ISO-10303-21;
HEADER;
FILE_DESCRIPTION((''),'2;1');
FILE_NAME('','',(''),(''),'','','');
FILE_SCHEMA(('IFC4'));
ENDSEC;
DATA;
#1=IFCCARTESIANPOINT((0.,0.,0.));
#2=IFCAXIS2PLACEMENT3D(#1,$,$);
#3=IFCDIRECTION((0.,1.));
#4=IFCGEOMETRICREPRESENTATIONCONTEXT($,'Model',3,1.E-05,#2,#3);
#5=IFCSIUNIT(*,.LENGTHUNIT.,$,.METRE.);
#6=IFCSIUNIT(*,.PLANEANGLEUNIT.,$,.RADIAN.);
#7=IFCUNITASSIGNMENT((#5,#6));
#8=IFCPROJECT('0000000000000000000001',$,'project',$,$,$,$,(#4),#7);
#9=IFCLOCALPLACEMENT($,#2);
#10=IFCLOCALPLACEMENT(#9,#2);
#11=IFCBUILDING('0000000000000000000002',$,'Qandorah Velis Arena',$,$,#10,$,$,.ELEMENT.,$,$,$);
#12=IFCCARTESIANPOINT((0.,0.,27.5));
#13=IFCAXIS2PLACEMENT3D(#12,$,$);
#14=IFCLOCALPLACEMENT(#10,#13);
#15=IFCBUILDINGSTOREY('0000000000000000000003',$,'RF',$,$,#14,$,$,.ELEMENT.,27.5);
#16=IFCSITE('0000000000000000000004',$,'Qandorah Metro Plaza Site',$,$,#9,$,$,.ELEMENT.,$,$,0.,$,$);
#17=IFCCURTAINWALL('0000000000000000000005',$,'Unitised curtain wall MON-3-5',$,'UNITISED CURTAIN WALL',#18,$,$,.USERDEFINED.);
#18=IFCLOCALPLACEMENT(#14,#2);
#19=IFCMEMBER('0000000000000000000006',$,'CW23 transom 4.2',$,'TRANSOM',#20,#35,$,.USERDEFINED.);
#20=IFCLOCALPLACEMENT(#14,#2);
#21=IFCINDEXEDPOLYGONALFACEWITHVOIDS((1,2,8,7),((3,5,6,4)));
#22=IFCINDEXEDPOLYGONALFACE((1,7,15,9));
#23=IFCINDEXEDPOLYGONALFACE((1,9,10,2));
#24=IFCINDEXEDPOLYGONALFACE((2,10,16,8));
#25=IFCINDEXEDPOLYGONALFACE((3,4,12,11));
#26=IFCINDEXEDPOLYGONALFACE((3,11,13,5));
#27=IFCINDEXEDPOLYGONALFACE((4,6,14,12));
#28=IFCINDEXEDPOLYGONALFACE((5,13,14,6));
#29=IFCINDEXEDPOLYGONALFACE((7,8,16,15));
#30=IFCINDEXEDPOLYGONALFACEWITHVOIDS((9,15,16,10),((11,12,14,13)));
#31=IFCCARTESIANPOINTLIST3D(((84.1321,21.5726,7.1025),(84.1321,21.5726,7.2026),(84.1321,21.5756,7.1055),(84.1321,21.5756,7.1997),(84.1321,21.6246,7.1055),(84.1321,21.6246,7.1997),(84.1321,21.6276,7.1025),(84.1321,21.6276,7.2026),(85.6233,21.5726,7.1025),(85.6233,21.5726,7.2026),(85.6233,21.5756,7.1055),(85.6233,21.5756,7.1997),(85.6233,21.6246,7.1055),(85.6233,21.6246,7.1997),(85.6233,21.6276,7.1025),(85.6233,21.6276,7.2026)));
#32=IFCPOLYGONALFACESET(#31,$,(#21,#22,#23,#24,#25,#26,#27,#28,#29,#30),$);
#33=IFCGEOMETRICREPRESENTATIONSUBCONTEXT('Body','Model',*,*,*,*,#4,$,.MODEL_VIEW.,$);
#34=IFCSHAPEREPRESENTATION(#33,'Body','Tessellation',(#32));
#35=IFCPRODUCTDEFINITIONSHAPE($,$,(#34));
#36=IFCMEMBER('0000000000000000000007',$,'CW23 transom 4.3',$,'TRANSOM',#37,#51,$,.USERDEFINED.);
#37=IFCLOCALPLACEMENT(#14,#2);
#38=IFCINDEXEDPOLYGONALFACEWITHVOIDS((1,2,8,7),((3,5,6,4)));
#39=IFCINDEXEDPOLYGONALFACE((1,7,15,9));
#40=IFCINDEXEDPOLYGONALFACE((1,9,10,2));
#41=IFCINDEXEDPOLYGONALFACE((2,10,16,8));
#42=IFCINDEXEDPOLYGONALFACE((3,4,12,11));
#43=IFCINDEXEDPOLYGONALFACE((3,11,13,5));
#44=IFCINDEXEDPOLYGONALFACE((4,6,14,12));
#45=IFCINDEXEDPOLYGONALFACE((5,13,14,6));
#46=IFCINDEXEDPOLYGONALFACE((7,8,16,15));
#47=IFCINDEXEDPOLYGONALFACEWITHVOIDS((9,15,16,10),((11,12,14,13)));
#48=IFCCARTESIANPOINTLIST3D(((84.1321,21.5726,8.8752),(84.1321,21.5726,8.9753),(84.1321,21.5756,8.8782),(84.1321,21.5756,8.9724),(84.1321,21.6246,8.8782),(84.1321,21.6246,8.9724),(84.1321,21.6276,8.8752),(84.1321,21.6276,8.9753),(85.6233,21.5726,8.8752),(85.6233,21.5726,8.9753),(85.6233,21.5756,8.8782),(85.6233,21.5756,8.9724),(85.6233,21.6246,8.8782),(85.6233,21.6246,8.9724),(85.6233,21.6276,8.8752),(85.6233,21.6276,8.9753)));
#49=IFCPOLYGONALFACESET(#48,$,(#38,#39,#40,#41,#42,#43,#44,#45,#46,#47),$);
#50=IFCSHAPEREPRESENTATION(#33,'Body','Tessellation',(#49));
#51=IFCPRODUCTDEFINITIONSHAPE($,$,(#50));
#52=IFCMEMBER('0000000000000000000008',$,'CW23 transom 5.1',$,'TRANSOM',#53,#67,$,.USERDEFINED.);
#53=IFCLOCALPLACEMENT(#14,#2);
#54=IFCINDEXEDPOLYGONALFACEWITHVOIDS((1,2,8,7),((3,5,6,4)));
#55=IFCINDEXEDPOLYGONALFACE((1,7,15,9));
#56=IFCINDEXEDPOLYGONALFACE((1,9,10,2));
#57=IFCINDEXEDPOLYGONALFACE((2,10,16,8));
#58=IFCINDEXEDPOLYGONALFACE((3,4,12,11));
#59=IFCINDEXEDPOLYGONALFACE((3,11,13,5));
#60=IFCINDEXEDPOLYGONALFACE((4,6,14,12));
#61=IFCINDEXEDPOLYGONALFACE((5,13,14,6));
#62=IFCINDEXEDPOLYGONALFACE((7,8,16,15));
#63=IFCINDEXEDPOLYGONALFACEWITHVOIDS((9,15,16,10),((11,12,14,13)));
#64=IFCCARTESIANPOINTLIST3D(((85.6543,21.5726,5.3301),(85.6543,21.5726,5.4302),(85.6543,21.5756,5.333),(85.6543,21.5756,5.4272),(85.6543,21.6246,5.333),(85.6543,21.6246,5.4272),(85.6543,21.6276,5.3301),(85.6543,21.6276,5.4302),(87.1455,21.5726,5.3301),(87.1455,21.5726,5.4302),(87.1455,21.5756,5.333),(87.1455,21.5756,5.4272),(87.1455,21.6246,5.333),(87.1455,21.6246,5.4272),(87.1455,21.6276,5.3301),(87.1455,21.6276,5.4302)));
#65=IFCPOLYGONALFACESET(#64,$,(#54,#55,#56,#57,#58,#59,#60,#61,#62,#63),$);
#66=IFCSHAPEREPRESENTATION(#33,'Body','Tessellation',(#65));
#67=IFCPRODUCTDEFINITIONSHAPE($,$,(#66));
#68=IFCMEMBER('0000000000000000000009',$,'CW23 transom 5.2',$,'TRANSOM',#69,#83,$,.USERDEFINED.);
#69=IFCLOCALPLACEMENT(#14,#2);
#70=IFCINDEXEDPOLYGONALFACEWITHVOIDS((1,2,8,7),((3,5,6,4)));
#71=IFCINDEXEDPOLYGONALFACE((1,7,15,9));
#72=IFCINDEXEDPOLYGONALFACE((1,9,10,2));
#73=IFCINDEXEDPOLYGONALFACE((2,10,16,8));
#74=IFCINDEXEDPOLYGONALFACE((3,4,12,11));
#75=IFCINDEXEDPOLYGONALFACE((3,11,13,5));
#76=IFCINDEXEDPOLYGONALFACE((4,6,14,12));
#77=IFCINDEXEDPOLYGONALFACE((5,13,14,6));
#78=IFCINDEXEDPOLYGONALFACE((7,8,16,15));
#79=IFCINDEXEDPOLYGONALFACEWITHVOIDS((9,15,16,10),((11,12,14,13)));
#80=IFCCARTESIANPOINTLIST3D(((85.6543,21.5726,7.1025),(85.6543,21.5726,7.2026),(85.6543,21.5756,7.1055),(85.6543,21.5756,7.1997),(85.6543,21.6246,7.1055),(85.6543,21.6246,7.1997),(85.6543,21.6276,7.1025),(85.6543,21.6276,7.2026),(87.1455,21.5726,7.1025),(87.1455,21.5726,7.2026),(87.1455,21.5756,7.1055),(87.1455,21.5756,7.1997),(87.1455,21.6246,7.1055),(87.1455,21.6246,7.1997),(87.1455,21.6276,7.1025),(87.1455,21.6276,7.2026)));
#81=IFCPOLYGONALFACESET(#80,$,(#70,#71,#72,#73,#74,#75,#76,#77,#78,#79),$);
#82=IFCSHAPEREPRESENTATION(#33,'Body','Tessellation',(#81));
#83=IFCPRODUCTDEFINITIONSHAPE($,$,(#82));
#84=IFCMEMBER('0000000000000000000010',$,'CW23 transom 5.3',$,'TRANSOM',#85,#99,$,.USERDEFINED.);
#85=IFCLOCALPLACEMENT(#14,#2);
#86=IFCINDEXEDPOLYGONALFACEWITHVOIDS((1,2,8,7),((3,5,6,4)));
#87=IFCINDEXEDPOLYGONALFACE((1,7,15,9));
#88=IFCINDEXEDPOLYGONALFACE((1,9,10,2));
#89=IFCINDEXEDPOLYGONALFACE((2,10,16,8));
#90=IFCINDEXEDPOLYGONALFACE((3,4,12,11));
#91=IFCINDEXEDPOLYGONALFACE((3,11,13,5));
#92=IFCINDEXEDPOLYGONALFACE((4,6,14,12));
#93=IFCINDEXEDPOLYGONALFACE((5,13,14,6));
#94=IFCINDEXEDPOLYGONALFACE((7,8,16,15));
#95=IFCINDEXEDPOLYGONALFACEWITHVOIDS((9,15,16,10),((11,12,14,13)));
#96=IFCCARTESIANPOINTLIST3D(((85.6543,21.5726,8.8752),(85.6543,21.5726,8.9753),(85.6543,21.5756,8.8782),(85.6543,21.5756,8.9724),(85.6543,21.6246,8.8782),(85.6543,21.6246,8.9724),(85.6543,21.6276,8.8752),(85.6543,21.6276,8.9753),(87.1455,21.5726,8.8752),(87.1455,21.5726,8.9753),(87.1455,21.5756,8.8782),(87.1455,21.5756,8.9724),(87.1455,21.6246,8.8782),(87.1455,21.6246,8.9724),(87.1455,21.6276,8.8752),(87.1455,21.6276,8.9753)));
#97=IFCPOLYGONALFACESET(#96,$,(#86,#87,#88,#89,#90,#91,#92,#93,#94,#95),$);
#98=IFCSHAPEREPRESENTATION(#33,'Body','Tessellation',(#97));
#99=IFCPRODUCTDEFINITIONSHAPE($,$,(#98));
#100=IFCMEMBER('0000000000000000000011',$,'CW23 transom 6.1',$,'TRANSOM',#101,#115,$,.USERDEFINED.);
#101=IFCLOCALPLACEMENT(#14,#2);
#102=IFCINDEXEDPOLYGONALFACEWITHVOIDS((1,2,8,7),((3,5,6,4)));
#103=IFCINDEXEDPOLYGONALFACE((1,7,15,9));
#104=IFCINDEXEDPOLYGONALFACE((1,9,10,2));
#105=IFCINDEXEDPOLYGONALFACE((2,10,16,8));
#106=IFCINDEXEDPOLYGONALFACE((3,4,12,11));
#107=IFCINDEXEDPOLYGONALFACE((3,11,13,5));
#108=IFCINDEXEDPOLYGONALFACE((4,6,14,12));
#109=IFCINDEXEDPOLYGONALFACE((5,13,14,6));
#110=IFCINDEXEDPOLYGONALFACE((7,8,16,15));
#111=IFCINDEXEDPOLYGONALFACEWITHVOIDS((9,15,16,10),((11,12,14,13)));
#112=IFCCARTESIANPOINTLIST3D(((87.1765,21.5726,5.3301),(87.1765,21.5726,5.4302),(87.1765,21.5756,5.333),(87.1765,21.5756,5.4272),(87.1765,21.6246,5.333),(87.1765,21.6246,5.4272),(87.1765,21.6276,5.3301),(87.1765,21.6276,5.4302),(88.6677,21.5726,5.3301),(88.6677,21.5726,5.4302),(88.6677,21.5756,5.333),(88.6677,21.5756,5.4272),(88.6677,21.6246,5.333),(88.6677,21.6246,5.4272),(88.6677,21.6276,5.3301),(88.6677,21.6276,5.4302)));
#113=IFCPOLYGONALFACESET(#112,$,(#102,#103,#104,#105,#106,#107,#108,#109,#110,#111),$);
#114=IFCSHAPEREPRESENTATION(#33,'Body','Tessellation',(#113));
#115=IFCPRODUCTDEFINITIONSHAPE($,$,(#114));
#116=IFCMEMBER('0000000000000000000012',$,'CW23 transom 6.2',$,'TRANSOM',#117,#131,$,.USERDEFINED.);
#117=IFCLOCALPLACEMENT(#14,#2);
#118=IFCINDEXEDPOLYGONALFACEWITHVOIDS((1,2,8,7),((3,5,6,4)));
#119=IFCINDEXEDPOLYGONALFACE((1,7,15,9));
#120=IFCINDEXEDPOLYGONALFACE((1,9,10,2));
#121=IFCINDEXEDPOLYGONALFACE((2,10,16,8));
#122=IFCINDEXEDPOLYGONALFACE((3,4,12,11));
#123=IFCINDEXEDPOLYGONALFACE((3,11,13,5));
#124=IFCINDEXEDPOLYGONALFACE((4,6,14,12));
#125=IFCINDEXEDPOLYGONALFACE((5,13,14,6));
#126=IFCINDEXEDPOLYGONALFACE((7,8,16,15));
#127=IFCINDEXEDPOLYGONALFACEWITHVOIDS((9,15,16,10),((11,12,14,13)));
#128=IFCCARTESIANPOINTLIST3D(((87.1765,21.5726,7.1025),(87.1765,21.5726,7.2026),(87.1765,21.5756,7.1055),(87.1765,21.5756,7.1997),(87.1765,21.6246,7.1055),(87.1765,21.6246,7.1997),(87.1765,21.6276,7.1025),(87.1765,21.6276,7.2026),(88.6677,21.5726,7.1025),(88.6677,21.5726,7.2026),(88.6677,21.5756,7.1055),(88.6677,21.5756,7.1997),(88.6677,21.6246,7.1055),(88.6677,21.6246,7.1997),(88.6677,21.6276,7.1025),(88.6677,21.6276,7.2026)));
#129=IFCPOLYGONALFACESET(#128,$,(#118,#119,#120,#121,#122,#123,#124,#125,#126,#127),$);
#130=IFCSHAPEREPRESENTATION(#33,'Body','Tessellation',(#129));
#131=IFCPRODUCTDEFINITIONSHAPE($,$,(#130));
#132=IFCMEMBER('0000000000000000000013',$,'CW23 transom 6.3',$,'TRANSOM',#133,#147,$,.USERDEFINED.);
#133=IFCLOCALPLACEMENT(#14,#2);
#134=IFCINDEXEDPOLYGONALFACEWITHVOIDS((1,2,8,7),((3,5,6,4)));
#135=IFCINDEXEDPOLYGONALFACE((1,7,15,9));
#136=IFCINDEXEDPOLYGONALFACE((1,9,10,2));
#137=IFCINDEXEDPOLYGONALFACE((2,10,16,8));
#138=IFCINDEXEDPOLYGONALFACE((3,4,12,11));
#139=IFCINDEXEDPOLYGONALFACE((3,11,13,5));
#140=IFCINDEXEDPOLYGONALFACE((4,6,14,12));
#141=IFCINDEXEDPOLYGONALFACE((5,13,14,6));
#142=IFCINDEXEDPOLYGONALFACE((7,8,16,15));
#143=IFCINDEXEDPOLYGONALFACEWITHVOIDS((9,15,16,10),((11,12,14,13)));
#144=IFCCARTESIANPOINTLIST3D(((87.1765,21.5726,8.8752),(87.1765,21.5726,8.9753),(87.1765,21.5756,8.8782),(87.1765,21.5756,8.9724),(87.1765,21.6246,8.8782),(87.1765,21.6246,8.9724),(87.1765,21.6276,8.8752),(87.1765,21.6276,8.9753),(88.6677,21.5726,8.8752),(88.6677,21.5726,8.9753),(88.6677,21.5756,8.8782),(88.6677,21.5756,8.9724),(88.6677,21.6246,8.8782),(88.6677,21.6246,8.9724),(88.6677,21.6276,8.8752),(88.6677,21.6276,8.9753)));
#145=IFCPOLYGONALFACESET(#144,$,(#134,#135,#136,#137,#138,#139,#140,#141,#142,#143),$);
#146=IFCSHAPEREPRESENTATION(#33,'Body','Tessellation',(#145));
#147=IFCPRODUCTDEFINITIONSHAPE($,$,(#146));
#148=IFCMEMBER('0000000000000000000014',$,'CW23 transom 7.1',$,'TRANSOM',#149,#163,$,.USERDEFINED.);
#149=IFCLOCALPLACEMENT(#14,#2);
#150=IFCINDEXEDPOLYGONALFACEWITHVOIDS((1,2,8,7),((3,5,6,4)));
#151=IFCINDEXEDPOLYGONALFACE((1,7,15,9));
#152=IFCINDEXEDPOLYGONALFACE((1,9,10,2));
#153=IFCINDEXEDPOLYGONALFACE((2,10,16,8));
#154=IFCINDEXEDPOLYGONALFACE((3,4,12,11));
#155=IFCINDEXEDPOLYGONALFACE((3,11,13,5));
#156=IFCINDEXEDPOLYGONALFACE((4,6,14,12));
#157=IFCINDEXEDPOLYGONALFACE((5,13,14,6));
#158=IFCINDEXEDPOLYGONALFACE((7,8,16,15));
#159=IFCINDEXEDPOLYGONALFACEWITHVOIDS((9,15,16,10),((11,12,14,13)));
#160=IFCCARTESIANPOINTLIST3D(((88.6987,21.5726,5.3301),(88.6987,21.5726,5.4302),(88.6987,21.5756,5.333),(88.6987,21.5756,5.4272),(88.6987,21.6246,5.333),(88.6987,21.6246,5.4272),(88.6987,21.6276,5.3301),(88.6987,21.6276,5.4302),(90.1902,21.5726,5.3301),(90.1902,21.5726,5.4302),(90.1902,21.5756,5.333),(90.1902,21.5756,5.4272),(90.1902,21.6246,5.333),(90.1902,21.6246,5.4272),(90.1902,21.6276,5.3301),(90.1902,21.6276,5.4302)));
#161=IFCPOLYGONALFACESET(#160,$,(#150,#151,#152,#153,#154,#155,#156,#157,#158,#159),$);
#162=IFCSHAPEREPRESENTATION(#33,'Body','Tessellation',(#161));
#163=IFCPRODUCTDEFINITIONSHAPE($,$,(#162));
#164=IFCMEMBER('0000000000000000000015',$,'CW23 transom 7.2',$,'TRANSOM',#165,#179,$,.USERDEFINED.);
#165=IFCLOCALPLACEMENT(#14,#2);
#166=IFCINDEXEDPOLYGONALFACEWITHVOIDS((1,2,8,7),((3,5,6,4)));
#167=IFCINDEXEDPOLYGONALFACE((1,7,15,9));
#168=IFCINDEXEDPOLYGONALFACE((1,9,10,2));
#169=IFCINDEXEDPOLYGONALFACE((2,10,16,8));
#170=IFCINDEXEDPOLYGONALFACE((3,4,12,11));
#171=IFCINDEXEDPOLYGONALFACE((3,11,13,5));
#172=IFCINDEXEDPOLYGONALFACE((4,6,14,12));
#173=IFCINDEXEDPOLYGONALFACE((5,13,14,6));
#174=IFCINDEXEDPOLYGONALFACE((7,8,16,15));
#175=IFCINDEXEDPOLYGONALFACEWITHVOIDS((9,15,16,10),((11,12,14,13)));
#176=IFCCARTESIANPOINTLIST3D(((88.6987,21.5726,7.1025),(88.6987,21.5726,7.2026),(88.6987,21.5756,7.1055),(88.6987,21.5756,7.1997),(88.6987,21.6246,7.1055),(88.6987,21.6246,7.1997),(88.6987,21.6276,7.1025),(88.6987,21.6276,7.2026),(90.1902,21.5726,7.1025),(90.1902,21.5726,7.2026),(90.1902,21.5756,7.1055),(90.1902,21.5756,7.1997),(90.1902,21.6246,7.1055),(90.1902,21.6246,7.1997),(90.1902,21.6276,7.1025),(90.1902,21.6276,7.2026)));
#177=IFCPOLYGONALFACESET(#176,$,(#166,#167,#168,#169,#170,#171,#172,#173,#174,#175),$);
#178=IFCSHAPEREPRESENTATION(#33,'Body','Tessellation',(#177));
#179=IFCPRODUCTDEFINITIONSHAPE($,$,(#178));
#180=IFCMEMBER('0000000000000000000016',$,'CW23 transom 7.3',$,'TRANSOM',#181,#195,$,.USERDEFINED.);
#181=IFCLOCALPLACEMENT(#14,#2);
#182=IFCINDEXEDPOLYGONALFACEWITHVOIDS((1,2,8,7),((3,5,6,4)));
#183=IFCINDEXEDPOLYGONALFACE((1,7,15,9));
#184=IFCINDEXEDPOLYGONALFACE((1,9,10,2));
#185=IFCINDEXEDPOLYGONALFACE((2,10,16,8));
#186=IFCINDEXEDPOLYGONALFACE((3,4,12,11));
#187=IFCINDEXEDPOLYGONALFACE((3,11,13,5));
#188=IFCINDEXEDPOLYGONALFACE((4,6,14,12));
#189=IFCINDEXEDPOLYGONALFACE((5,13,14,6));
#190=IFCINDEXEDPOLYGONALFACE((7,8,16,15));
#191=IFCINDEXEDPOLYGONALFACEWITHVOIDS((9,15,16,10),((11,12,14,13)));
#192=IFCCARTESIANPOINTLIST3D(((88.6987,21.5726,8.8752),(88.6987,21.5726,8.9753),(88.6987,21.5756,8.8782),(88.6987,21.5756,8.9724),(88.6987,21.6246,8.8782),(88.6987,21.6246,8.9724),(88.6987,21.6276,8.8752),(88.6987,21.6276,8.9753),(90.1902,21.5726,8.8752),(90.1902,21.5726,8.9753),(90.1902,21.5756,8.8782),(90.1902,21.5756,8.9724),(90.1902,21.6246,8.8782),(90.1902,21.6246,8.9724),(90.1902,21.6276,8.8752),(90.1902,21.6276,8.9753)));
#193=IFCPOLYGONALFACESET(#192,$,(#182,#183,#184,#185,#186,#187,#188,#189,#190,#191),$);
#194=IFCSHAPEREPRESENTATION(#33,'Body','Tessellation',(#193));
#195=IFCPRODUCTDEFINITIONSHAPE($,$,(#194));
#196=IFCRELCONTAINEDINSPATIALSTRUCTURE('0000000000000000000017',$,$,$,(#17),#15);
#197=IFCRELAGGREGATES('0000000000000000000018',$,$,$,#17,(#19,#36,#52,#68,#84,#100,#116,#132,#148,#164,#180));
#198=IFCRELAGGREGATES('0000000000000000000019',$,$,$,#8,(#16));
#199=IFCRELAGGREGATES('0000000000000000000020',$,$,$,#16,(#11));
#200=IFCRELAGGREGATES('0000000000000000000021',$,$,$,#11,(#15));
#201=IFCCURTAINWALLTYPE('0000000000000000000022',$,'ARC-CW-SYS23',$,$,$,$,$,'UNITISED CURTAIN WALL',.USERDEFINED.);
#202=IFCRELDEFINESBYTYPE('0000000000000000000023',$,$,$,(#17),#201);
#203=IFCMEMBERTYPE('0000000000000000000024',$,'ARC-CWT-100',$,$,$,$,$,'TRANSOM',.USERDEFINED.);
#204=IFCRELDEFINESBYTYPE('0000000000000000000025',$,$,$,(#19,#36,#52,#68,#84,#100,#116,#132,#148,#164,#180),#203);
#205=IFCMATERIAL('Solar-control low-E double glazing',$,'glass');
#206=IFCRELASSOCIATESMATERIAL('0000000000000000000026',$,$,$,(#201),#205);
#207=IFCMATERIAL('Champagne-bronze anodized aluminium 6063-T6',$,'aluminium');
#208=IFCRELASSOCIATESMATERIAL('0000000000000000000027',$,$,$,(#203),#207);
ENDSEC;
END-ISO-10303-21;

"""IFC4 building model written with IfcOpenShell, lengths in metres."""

from ifc_helpers import new_model, si_unit, direction, frame, origin, origin_2d, place, context, subcontext, project, spatial, hollow_rectangle, extrude, material, material_profile, profile_set, type_object, element, aggregate, save


model = new_model("IFC4")

# Units and contexts
model_context = context("Model", 3, precision=1e-05, world=origin(), true_north=direction((0.0, 1.0)))
body_context = subcontext(model_context, "Body", "Model", "MODEL_VIEW")
ifc_project = project(units=[si_unit("LENGTHUNIT", "METRE"), si_unit("PLANEANGLEUNIT", "RADIAN")], contexts=[model_context])

# Site, building, storey
site_placement = place(None, origin())
site = spatial("IfcSite", under=ifc_project, at=site_placement, Name="Qandorah Metro Plaza Site", CompositionType="ELEMENT", RefElevation=0.0)
building_placement = place(site_placement, origin())
building = spatial("IfcBuilding", under=site, at=building_placement, Name="Qandorah Velis Arena", CompositionType="ELEMENT")
storey_placement = place(building_placement, frame((0.0, 0.0, 27.5)))
storey = spatial("IfcBuildingStorey", under=building, at=storey_placement, Name="RF", CompositionType="ELEMENT", Elevation=27.5)

# Curtain wall
ifc_material_1 = material(Name="Solar-control low-E double glazing", Category="glass")
curtain_wall_type_1 = type_object("IfcCurtainWallType", Name="ARC-CW-SYS23", ElementType="UNITISED CURTAIN WALL", PredefinedType="USERDEFINED", material=ifc_material_1)
curtain_wall_1_placement = place(storey_placement, origin())
curtain_wall_1 = element("IfcCurtainWall", 1, at=curtain_wall_1_placement, inside=storey, type_object=curtain_wall_type_1, Name="Unitised curtain wall MON-3-5", ObjectType="UNITISED CURTAIN WALL", PredefinedType="USERDEFINED")
ifc_material_2 = material(Name="Champagne-bronze anodized aluminium 6063-T6", Category="aluminium")

# Members
ifc_material_profile_1 = material_profile(ifc_material_2, hollow_rectangle(XDim=0.0549, YDim=0.1001, WallThickness=0.0029, at=origin_2d()), Name="ALU TRANSOM 55x100")
ifc_profile_set_1 = profile_set([ifc_material_profile_1], Name="Champagne-bronze anodized aluminium 6063-T6")
member_type_1 = type_object("IfcMemberType", Name="ARC-CWT-100", ElementType="TRANSOM", PredefinedType="USERDEFINED", material=ifc_profile_set_1)
member_1_placement = place(storey_placement, frame((84.1321, 21.6001, 7.1526), z_axis=(1.0, 0.0, 0.0), x_axis=(0.0, 1.0, 0.0)))
member_1 = element("IfcMember", 2, at=member_1_placement, type_object=member_type_1, Name="CW23 transom 4.2", ObjectType="TRANSOM", PredefinedType="USERDEFINED", context=body_context, shape_type="SweptSolid", body=[
    extrude(hollow_rectangle(XDim=0.0549, YDim=0.1001, WallThickness=0.0029, at=origin_2d()), origin(), (0.0, 0.0, 1.0), 1.4912),
])
member_2_placement = place(storey_placement, frame((84.1321, 21.6001, 8.9253), z_axis=(1.0, 0.0, 0.0), x_axis=(0.0, 1.0, 0.0)))
member_2 = element("IfcMember", 3, at=member_2_placement, type_object=member_type_1, Name="CW23 transom 4.3", ObjectType="TRANSOM", PredefinedType="USERDEFINED", context=body_context, shape_type="SweptSolid", body=[
    extrude(hollow_rectangle(XDim=0.0549, YDim=0.1001, WallThickness=0.0029, at=origin_2d()), origin(), (0.0, 0.0, 1.0), 1.4912),
])
member_3_placement = place(storey_placement, frame((85.6543, 21.6001, 5.3801), z_axis=(1.0, 0.0, 0.0), x_axis=(0.0, 1.0, 0.0)))
member_3 = element("IfcMember", 4, at=member_3_placement, type_object=member_type_1, Name="CW23 transom 5.1", ObjectType="TRANSOM", PredefinedType="USERDEFINED", context=body_context, shape_type="SweptSolid", body=[
    extrude(hollow_rectangle(XDim=0.0549, YDim=0.1001, WallThickness=0.0029, at=origin_2d()), origin(), (0.0, 0.0, 1.0), 1.4912),
])
member_4_placement = place(storey_placement, frame((85.6543, 21.6001, 7.1526), z_axis=(1.0, 0.0, 0.0), x_axis=(0.0, 1.0, 0.0)))
member_4 = element("IfcMember", 5, at=member_4_placement, type_object=member_type_1, Name="CW23 transom 5.2", ObjectType="TRANSOM", PredefinedType="USERDEFINED", context=body_context, shape_type="SweptSolid", body=[
    extrude(hollow_rectangle(XDim=0.0549, YDim=0.1001, WallThickness=0.0029, at=origin_2d()), origin(), (0.0, 0.0, 1.0), 1.4912),
])
member_5_placement = place(storey_placement, frame((85.6543, 21.6001, 8.9253), z_axis=(1.0, 0.0, 0.0), x_axis=(0.0, 1.0, 0.0)))
member_5 = element("IfcMember", 6, at=member_5_placement, type_object=member_type_1, Name="CW23 transom 5.3", ObjectType="TRANSOM", PredefinedType="USERDEFINED", context=body_context, shape_type="SweptSolid", body=[
    extrude(hollow_rectangle(XDim=0.0549, YDim=0.1001, WallThickness=0.0029, at=origin_2d()), origin(), (0.0, 0.0, 1.0), 1.4912),
])
member_6_placement = place(storey_placement, frame((87.1765, 21.6001, 5.3801), z_axis=(1.0, 0.0, 0.0), x_axis=(0.0, 1.0, 0.0)))
member_6 = element("IfcMember", 7, at=member_6_placement, type_object=member_type_1, Name="CW23 transom 6.1", ObjectType="TRANSOM", PredefinedType="USERDEFINED", context=body_context, shape_type="SweptSolid", body=[
    extrude(hollow_rectangle(XDim=0.0549, YDim=0.1001, WallThickness=0.0029, at=origin_2d()), origin(), (0.0, 0.0, 1.0), 1.4912),
])
member_7_placement = place(storey_placement, frame((87.1765, 21.6001, 7.1526), z_axis=(1.0, 0.0, 0.0), x_axis=(0.0, 1.0, 0.0)))
member_7 = element("IfcMember", 8, at=member_7_placement, type_object=member_type_1, Name="CW23 transom 6.2", ObjectType="TRANSOM", PredefinedType="USERDEFINED", context=body_context, shape_type="SweptSolid", body=[
    extrude(hollow_rectangle(XDim=0.0549, YDim=0.1001, WallThickness=0.0029, at=origin_2d()), origin(), (0.0, 0.0, 1.0), 1.4912),
])
member_8_placement = place(storey_placement, frame((87.1765, 21.6001, 8.9253), z_axis=(1.0, 0.0, 0.0), x_axis=(0.0, 1.0, 0.0)))
member_8 = element("IfcMember", 9, at=member_8_placement, type_object=member_type_1, Name="CW23 transom 6.3", ObjectType="TRANSOM", PredefinedType="USERDEFINED", context=body_context, shape_type="SweptSolid", body=[
    extrude(hollow_rectangle(XDim=0.0549, YDim=0.1001, WallThickness=0.0029, at=origin_2d()), origin(), (0.0, 0.0, 1.0), 1.4912),
])
member_9_placement = place(storey_placement, frame((88.6987, 21.6001, 5.3801), z_axis=(1.0, 0.0, 0.0), x_axis=(0.0, 1.0, 0.0)))
member_9 = element("IfcMember", 10, at=member_9_placement, type_object=member_type_1, Name="CW23 transom 7.1", ObjectType="TRANSOM", PredefinedType="USERDEFINED", context=body_context, shape_type="SweptSolid", body=[
    extrude(hollow_rectangle(XDim=0.0549, YDim=0.1001, WallThickness=0.0029, at=origin_2d()), origin(), (0.0, 0.0, 1.0), 1.4915),
])
member_10_placement = place(storey_placement, frame((88.6987, 21.6001, 7.1526), z_axis=(1.0, 0.0, 0.0), x_axis=(0.0, 1.0, 0.0)))
member_10 = element("IfcMember", 11, at=member_10_placement, type_object=member_type_1, Name="CW23 transom 7.2", ObjectType="TRANSOM", PredefinedType="USERDEFINED", context=body_context, shape_type="SweptSolid", body=[
    extrude(hollow_rectangle(XDim=0.0549, YDim=0.1001, WallThickness=0.0029, at=origin_2d()), origin(), (0.0, 0.0, 1.0), 1.4915),
])
member_11_placement = place(storey_placement, frame((88.6987, 21.6001, 8.9253), z_axis=(1.0, 0.0, 0.0), x_axis=(0.0, 1.0, 0.0)))
member_11 = element("IfcMember", 12, at=member_11_placement, type_object=member_type_1, Name="CW23 transom 7.3", ObjectType="TRANSOM", PredefinedType="USERDEFINED", context=body_context, shape_type="SweptSolid", body=[
    extrude(hollow_rectangle(XDim=0.0549, YDim=0.1001, WallThickness=0.0029, at=origin_2d()), origin(), (0.0, 0.0, 1.0), 1.4915),
])

aggregate(curtain_wall_1, [member_1, member_2, member_3, member_4, member_5, member_6, member_7, member_8, member_9, member_10, member_11])

save(model, "model.ifc")
